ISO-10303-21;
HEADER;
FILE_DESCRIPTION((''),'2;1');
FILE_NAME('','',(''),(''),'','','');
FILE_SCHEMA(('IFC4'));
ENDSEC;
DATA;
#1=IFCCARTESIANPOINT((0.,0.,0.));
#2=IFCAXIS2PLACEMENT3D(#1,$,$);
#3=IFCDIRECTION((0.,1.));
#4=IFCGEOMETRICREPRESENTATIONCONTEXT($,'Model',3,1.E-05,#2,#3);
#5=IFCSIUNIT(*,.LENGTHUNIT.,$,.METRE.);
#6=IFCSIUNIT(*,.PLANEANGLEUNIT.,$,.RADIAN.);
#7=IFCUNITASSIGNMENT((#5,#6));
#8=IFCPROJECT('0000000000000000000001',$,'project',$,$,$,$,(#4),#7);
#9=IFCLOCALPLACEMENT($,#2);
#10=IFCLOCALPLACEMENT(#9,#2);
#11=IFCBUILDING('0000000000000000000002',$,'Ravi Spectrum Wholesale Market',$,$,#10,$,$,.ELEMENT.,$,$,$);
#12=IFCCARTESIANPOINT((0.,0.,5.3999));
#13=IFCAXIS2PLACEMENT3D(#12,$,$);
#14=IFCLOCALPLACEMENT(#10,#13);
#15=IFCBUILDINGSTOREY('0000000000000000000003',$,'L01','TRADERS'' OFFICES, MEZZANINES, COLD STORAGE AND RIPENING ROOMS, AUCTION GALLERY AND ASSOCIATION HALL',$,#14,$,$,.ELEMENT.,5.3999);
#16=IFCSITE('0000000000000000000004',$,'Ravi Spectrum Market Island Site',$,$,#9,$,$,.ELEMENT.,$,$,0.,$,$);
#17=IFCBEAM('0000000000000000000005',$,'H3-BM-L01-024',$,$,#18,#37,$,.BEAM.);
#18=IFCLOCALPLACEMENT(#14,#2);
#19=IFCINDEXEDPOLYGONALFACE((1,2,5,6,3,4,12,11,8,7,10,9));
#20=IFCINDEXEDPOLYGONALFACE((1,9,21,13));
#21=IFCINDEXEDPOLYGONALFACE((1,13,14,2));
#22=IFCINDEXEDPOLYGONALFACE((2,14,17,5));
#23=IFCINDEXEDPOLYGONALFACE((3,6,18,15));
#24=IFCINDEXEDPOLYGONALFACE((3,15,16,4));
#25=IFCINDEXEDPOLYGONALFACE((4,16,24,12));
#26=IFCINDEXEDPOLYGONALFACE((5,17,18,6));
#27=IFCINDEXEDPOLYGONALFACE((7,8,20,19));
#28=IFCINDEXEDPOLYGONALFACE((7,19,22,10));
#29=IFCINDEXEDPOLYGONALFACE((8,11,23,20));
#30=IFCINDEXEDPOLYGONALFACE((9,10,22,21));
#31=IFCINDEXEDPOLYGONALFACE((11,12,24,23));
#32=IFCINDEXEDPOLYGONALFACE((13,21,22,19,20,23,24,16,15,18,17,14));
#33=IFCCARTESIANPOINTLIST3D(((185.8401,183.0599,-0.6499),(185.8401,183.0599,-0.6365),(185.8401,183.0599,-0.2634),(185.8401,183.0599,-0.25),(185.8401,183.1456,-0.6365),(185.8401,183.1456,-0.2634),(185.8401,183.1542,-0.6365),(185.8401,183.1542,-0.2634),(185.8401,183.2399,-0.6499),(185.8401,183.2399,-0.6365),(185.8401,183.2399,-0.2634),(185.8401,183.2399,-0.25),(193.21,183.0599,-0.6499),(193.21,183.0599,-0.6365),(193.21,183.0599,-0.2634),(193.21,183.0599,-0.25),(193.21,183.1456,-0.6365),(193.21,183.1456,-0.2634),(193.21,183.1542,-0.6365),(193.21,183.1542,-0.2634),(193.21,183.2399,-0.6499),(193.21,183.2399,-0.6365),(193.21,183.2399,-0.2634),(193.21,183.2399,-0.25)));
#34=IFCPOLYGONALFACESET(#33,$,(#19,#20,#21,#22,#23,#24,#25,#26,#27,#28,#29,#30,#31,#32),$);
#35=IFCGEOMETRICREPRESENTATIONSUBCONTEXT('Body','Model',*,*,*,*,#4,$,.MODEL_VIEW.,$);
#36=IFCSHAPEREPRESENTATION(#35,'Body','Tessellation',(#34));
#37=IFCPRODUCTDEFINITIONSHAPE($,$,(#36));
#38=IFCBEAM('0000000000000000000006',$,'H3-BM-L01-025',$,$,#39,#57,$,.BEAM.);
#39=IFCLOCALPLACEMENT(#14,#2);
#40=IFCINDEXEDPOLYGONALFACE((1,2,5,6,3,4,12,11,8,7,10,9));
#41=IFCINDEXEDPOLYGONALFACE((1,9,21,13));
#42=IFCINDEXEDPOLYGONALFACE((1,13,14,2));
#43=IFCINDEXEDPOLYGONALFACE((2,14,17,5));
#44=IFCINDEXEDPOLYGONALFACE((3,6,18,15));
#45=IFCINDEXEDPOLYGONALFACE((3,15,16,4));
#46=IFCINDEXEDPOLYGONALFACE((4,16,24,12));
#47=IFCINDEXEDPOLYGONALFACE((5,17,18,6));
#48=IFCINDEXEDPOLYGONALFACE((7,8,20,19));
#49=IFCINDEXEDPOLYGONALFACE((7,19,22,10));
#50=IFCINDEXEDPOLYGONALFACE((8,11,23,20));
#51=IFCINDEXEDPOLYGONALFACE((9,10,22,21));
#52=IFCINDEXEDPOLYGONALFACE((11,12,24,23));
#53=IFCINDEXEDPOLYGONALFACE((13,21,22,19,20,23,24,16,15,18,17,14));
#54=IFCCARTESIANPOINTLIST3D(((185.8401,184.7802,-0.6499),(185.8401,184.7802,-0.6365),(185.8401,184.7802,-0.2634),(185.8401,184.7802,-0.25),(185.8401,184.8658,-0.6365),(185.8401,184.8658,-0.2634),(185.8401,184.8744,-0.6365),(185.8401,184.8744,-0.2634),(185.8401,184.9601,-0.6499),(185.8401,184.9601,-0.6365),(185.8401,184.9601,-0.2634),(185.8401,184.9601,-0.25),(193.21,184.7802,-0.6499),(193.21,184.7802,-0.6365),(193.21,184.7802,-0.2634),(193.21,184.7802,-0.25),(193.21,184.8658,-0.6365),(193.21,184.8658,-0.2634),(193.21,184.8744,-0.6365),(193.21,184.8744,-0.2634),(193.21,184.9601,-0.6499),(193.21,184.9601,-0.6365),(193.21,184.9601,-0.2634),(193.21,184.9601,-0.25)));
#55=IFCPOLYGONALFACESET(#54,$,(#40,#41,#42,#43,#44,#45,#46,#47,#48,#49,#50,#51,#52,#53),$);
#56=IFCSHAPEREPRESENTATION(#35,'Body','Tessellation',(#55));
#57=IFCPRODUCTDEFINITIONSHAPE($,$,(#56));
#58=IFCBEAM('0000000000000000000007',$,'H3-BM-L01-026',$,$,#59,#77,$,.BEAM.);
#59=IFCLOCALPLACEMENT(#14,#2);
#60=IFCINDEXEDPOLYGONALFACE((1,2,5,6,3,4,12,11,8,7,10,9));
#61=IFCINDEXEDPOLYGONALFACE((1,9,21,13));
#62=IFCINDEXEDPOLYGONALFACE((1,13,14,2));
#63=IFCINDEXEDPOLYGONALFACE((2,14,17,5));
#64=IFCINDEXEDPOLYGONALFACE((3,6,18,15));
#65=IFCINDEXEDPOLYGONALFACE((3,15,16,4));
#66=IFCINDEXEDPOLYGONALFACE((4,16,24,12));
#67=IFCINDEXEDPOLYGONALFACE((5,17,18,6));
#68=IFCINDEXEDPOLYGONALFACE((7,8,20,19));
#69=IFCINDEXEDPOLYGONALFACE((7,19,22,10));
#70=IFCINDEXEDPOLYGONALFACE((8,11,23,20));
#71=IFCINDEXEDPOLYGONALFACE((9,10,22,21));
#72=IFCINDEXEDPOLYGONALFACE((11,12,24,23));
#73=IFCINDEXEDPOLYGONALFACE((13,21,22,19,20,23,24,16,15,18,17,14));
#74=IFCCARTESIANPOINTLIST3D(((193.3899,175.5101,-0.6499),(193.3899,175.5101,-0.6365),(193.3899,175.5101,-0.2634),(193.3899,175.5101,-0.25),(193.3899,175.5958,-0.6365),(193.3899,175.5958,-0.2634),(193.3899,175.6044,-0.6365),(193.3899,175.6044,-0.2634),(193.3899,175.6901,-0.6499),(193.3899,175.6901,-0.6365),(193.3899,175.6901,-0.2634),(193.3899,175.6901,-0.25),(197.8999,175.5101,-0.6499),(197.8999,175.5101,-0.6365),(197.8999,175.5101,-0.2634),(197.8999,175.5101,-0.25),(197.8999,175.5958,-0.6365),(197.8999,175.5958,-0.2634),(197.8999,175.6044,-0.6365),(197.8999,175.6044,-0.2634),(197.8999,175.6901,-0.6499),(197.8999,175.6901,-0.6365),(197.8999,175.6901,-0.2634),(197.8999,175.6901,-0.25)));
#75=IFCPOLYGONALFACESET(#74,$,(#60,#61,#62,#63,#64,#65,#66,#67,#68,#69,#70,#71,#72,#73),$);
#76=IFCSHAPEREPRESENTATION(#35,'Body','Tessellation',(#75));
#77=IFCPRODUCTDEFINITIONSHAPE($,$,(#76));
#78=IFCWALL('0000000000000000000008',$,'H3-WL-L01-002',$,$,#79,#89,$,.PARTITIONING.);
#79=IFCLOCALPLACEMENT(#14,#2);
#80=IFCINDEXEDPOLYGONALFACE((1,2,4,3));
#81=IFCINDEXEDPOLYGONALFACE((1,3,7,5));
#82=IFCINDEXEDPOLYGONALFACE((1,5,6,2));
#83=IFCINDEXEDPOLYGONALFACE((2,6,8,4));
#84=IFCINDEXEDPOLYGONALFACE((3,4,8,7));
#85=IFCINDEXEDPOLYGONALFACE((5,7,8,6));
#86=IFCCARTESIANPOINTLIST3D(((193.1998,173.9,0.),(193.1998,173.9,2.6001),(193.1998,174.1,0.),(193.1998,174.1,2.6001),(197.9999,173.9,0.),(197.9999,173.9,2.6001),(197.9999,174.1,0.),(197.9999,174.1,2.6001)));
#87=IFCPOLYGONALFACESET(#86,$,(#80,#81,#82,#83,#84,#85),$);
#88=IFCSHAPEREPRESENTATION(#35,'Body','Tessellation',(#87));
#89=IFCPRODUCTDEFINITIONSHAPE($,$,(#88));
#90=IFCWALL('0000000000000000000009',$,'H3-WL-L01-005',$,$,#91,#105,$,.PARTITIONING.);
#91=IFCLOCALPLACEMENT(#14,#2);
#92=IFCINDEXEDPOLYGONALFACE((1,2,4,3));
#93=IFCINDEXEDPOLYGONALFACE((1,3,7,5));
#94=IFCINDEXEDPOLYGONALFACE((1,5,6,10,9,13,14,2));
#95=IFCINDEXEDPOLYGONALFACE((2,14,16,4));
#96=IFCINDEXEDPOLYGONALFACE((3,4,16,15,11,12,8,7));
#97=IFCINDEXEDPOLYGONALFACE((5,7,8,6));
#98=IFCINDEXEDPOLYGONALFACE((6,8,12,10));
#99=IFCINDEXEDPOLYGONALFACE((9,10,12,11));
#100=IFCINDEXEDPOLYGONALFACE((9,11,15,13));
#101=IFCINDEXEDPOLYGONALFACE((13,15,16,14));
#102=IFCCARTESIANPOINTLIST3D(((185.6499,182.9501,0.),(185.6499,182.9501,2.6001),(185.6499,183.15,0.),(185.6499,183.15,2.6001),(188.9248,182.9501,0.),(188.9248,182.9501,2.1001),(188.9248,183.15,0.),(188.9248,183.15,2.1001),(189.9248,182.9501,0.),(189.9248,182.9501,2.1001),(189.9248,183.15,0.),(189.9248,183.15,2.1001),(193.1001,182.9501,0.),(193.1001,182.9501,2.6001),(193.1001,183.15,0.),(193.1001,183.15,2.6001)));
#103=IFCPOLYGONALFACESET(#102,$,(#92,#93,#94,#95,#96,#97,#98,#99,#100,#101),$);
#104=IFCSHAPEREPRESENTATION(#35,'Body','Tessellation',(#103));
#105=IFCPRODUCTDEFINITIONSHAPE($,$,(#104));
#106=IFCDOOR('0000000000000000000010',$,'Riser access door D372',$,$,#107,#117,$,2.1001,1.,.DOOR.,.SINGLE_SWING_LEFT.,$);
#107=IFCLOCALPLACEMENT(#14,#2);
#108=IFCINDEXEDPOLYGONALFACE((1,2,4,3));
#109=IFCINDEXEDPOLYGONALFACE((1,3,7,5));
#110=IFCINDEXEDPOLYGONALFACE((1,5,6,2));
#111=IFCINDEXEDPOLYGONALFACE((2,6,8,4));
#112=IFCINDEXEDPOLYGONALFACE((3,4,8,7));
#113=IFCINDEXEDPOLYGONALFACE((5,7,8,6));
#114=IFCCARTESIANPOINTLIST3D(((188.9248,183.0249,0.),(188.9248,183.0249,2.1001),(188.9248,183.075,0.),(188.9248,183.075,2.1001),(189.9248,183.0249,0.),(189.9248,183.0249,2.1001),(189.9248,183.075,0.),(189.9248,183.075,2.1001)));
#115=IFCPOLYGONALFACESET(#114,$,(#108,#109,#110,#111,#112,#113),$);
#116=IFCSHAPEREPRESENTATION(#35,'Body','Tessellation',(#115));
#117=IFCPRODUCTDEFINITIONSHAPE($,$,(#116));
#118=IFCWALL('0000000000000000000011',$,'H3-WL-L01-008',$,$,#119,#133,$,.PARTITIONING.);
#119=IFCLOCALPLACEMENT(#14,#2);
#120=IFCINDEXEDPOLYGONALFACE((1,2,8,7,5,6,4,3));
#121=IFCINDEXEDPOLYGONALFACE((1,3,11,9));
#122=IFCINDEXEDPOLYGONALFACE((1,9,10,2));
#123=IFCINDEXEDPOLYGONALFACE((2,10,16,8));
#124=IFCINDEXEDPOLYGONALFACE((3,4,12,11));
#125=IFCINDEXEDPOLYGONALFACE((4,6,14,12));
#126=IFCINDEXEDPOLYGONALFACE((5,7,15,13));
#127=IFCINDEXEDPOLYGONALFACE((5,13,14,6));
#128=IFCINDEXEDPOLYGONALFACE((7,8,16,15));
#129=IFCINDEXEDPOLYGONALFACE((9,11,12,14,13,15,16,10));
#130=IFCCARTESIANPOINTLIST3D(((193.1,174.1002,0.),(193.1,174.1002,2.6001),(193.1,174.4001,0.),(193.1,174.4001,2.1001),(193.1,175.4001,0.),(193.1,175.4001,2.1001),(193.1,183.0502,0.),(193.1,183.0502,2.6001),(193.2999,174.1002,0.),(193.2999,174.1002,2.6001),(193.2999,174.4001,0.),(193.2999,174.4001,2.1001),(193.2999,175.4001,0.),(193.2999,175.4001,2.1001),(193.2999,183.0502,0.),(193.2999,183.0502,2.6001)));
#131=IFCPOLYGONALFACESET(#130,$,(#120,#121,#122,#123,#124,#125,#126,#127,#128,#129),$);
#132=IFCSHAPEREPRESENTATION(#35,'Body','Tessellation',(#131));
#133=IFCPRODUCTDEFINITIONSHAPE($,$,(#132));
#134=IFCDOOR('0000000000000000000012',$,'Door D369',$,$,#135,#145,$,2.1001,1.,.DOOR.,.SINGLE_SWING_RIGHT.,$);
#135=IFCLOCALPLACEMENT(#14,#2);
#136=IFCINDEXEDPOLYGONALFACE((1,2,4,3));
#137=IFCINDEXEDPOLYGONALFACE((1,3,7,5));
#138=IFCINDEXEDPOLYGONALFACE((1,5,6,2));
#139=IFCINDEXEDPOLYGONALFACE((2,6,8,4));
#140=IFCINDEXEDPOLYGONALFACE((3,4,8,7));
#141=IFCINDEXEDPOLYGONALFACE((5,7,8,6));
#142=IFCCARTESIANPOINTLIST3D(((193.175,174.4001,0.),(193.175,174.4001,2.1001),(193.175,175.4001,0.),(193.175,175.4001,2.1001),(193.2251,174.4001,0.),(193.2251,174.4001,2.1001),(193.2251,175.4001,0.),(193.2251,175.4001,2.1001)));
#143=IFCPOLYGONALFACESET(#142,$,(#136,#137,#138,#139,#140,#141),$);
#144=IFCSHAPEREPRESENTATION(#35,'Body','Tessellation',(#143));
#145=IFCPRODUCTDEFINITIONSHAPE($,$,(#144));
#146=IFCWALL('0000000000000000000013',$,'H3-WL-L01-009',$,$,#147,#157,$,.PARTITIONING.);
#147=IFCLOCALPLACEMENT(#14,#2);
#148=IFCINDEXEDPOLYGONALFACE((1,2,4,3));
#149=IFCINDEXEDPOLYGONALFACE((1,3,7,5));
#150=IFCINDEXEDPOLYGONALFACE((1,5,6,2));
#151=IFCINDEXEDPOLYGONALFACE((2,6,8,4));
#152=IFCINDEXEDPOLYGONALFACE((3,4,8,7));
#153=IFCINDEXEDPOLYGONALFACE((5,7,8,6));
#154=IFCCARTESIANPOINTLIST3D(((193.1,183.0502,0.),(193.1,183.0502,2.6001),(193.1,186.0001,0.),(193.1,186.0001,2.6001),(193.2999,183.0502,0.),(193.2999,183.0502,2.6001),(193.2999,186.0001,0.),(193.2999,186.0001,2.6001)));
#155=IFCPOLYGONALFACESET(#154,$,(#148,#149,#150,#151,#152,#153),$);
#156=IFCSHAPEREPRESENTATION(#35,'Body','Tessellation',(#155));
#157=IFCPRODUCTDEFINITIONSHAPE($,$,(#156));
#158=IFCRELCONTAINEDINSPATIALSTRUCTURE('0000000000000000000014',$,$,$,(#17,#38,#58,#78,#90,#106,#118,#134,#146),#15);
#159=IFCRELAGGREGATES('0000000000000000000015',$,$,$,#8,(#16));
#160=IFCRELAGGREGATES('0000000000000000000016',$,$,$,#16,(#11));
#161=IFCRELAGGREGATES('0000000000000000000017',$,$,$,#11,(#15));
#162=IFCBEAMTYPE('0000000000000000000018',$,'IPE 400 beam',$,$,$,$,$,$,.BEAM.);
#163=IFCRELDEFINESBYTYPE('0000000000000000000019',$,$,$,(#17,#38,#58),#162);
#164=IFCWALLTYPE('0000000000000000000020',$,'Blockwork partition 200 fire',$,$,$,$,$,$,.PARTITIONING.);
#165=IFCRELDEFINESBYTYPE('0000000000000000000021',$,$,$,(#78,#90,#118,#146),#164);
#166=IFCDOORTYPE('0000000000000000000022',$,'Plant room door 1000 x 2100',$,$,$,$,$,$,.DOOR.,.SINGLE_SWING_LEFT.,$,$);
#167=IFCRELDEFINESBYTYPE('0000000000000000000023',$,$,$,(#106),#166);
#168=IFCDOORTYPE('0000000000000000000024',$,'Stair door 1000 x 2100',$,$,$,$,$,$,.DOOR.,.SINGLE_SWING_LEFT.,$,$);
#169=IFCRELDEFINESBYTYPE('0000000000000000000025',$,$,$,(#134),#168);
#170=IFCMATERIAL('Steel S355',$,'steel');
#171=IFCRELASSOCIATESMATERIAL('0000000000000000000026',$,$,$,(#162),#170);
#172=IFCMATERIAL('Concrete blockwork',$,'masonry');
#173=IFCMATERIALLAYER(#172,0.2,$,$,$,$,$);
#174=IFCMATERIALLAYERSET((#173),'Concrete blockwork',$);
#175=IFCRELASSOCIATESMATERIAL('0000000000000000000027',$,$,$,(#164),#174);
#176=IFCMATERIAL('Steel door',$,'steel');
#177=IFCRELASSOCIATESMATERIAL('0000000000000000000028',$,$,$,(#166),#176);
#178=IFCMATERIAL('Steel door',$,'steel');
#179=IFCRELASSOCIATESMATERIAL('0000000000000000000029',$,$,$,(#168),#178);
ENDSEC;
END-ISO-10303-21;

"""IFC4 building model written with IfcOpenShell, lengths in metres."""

from ifc_helpers import new_model, si_unit, direction, frame, frame_2d, origin, origin_2d, place, context, subcontext, project, spatial, rectangle, i_section, extrude, material, layer, layer_set, material_profile, profile_set, type_object, element, fill, save


model = new_model("IFC4")

# Units and contexts
model_context = context("Model", 3, precision=1e-05, world=origin(), true_north=direction((0.0, 1.0)))
body_context = subcontext(model_context, "Body", "Model", "MODEL_VIEW")
ifc_project = project(units=[si_unit("LENGTHUNIT", "METRE"), si_unit("PLANEANGLEUNIT", "RADIAN")], contexts=[model_context])

# Site, building, storey
site_placement = place(None, origin())
site = spatial("IfcSite", under=ifc_project, at=site_placement, Name="Ravi Spectrum Market Island Site", CompositionType="ELEMENT", RefElevation=0.0)
building_placement = place(site_placement, origin())
building = spatial("IfcBuilding", under=site, at=building_placement, Name="Ravi Spectrum Wholesale Market", CompositionType="ELEMENT")
storey_placement = place(building_placement, frame((0.0, 0.0, 5.3999)))
storey = spatial("IfcBuildingStorey", under=building, at=storey_placement, Name="L01", Description="TRADERS' OFFICES, MEZZANINES, COLD STORAGE AND RIPENING ROOMS, AUCTION GALLERY AND ASSOCIATION HALL", CompositionType="ELEMENT", Elevation=5.3999)

# Beams
ifc_material_1 = material(Name="Steel S355", Category="steel")
ifc_material_profile = material_profile(ifc_material_1, i_section(OverallWidth=0.1799, OverallDepth=0.3999, WebThickness=0.0085, FlangeThickness=0.0134, at=origin_2d()))
ifc_profile_set = profile_set([ifc_material_profile], Name="Steel S355")
beam_type = type_object("IfcBeamType", Name="IPE 400 beam", PredefinedType="BEAM", material=ifc_profile_set)
for number, where, z_axis, x_axis, name in (
    (1, (185.8401, 183.1499, -0.45), (1.0, 0.0, 0.0), (0.0, 1.0, 0.0), "H3-BM-L01-024"),
    (2, (185.8401, 184.8701, -0.45), (1.0, 0.0, 0.0), (0.0, 1.0, 0.0), "H3-BM-L01-025"),
):
    element("IfcBeam", number, at=place(storey_placement, frame(where, z_axis=z_axis, x_axis=x_axis)), inside=storey, type_object=beam_type, Name=name, PredefinedType="BEAM", context=body_context, shape_type="SweptSolid", body=[
        extrude(i_section(OverallWidth=0.1799, OverallDepth=0.3999, WebThickness=0.0085, FlangeThickness=0.0134, at=origin_2d()), origin(), (0.0, 0.0, 1.0), 7.3699),
    ])
beam_1_placement = place(storey_placement, frame((193.3899, 175.6001, -0.45), z_axis=(1.0, 0.0, 0.0), x_axis=(0.0, 1.0, 0.0)))
element("IfcBeam", 3, at=beam_1_placement, inside=storey, type_object=beam_type, Name="H3-BM-L01-026", PredefinedType="BEAM", context=body_context, shape_type="SweptSolid", body=[
    extrude(i_section(OverallWidth=0.1799, OverallDepth=0.3999, WebThickness=0.0085, FlangeThickness=0.0134, at=origin_2d()), origin(), (0.0, 0.0, 1.0), 4.51),
])

# Wall
ifc_material_2 = material(Name="Concrete blockwork", Category="masonry")
ifc_layer_1 = layer(ifc_material_2, 0.2)
ifc_layer_set_1 = layer_set([ifc_layer_1], Name="Concrete blockwork")
wall_type_1 = type_object("IfcWallType", Name="Blockwork partition 200 fire", PredefinedType="PARTITIONING", material=ifc_layer_set_1)
wall_1_placement = place(storey_placement, frame((193.2, 174.0, 0.0), z_axis=(0.0, 0.0, 1.0), x_axis=(1.0, 0.0, 0.0)))
element("IfcWall", 4, at=wall_1_placement, inside=storey, type_object=wall_type_1, Name="H3-WL-L01-002", PredefinedType="PARTITIONING", context=body_context, shape_type="SweptSolid", body=[
    extrude(rectangle(XDim=4.8, YDim=0.2, at=frame_2d((2.3999, 0.0))), origin(), (0.0, 0.0, 1.0), 2.6001),
])

# Walls, openings, doors
wall_2_placement = place(storey_placement, frame((185.6499, 183.05, 0.0), z_axis=(0.0, 0.0, 1.0), x_axis=(1.0, 0.0, 0.0)))
wall_2 = element("IfcWall", 5, at=wall_2_placement, inside=storey, type_object=wall_type_1, Name="H3-WL-L01-005", PredefinedType="PARTITIONING", context=body_context, shape_type="SweptSolid", body=[
    extrude(rectangle(XDim=7.4502, YDim=0.2, at=frame_2d((3.7251, 0.0))), origin(), (0.0, 0.0, 1.0), 2.6001),
])
opening_1_placement = place(wall_2_placement, frame((3.2749, 0.0, 0.0)))
opening_1 = element("IfcOpeningElement", 6, at=opening_1_placement, cuts=wall_2, PredefinedType="OPENING", context=body_context, shape_type="SweptSolid", body=[
    extrude(rectangle(XDim=1.0, YDim=2.1001, at=frame_2d((0.5, 1.05))), frame((0.0, 0.1099, 0.0), z_axis=(0.0, -1.0, 0.0), x_axis=(1.0, 0.0, 0.0)), (0.0, 0.0, 1.0), 0.22),
])
ifc_material_3 = material(Name="Steel door", Category="steel")
door_type_1 = type_object("IfcDoorType", Name="Plant room door 1000 x 2100", OperationType="SINGLE_SWING_LEFT", PredefinedType="DOOR", material=ifc_material_3)
door_1_placement = place(opening_1_placement, origin())
door_1 = element("IfcDoor", 7, at=door_1_placement, inside=storey, type_object=door_type_1, Name="Riser access door D372", OperationType="SINGLE_SWING_LEFT", OverallHeight=2.1001, OverallWidth=1.0, PredefinedType="DOOR", context=body_context, shape_type="SweptSolid", body=[
    extrude(rectangle(XDim=1.0, YDim=2.1001, at=frame_2d((0.5, 1.05))), frame((0.0, 0.0249, 0.0), z_axis=(0.0, -1.0, 0.0), x_axis=(1.0, 0.0, 0.0)), (0.0, 0.0, 1.0), 0.05),
])
fill(opening_1, door_1)
wall_3_placement = place(storey_placement, frame((193.2, 174.1001, 0.0), z_axis=(0.0, 0.0, 1.0), x_axis=(0.0, 1.0, 0.0)))
wall_3 = element("IfcWall", 8, at=wall_3_placement, inside=storey, type_object=wall_type_1, Name="H3-WL-L01-008", PredefinedType="PARTITIONING", context=body_context, shape_type="SweptSolid", body=[
    extrude(rectangle(XDim=8.95, YDim=0.2, at=frame_2d((4.4751, 0.0))), origin(), (0.0, 0.0, 1.0), 2.6001),
])
opening_2_placement = place(wall_3_placement, frame((0.3, 0.0, 0.0)))
opening_2 = element("IfcOpeningElement", 9, at=opening_2_placement, cuts=wall_3, PredefinedType="OPENING", context=body_context, shape_type="SweptSolid", body=[
    extrude(rectangle(XDim=1.0, YDim=2.1001, at=frame_2d((0.5, 1.05))), frame((0.0, 0.1099, 0.0), z_axis=(0.0, -1.0, 0.0), x_axis=(1.0, 0.0, 0.0)), (0.0, 0.0, 1.0), 0.22),
])
ifc_material_4 = material(Name="Steel door", Category="steel")
door_type_2 = type_object("IfcDoorType", Name="Stair door 1000 x 2100", OperationType="SINGLE_SWING_LEFT", PredefinedType="DOOR", material=ifc_material_4)
door_2_placement = place(opening_2_placement, origin())
door_2 = element("IfcDoor", 10, at=door_2_placement, inside=storey, type_object=door_type_2, Name="Door D369", OperationType="SINGLE_SWING_RIGHT", OverallHeight=2.1001, OverallWidth=1.0, PredefinedType="DOOR", context=body_context, shape_type="SweptSolid", body=[
    extrude(rectangle(XDim=1.0, YDim=2.1001, at=frame_2d((0.5, 1.05))), frame((0.0, 0.0249, 0.0), z_axis=(0.0, -1.0, 0.0), x_axis=(1.0, 0.0, 0.0)), (0.0, 0.0, 1.0), 0.05),
])
fill(opening_2, door_2)

# Wall
wall_4_placement = place(storey_placement, frame((193.2, 183.05, 0.0), z_axis=(0.0, 0.0, 1.0), x_axis=(0.0, 1.0, 0.0)))
element("IfcWall", 11, at=wall_4_placement, inside=storey, type_object=wall_type_1, Name="H3-WL-L01-009", PredefinedType="PARTITIONING", context=body_context, shape_type="SweptSolid", body=[
    extrude(rectangle(XDim=2.95, YDim=0.2, at=frame_2d((1.4751, 0.0))), origin(), (0.0, 0.0, 1.0), 2.6001),
])

save(model, "model.ifc")
